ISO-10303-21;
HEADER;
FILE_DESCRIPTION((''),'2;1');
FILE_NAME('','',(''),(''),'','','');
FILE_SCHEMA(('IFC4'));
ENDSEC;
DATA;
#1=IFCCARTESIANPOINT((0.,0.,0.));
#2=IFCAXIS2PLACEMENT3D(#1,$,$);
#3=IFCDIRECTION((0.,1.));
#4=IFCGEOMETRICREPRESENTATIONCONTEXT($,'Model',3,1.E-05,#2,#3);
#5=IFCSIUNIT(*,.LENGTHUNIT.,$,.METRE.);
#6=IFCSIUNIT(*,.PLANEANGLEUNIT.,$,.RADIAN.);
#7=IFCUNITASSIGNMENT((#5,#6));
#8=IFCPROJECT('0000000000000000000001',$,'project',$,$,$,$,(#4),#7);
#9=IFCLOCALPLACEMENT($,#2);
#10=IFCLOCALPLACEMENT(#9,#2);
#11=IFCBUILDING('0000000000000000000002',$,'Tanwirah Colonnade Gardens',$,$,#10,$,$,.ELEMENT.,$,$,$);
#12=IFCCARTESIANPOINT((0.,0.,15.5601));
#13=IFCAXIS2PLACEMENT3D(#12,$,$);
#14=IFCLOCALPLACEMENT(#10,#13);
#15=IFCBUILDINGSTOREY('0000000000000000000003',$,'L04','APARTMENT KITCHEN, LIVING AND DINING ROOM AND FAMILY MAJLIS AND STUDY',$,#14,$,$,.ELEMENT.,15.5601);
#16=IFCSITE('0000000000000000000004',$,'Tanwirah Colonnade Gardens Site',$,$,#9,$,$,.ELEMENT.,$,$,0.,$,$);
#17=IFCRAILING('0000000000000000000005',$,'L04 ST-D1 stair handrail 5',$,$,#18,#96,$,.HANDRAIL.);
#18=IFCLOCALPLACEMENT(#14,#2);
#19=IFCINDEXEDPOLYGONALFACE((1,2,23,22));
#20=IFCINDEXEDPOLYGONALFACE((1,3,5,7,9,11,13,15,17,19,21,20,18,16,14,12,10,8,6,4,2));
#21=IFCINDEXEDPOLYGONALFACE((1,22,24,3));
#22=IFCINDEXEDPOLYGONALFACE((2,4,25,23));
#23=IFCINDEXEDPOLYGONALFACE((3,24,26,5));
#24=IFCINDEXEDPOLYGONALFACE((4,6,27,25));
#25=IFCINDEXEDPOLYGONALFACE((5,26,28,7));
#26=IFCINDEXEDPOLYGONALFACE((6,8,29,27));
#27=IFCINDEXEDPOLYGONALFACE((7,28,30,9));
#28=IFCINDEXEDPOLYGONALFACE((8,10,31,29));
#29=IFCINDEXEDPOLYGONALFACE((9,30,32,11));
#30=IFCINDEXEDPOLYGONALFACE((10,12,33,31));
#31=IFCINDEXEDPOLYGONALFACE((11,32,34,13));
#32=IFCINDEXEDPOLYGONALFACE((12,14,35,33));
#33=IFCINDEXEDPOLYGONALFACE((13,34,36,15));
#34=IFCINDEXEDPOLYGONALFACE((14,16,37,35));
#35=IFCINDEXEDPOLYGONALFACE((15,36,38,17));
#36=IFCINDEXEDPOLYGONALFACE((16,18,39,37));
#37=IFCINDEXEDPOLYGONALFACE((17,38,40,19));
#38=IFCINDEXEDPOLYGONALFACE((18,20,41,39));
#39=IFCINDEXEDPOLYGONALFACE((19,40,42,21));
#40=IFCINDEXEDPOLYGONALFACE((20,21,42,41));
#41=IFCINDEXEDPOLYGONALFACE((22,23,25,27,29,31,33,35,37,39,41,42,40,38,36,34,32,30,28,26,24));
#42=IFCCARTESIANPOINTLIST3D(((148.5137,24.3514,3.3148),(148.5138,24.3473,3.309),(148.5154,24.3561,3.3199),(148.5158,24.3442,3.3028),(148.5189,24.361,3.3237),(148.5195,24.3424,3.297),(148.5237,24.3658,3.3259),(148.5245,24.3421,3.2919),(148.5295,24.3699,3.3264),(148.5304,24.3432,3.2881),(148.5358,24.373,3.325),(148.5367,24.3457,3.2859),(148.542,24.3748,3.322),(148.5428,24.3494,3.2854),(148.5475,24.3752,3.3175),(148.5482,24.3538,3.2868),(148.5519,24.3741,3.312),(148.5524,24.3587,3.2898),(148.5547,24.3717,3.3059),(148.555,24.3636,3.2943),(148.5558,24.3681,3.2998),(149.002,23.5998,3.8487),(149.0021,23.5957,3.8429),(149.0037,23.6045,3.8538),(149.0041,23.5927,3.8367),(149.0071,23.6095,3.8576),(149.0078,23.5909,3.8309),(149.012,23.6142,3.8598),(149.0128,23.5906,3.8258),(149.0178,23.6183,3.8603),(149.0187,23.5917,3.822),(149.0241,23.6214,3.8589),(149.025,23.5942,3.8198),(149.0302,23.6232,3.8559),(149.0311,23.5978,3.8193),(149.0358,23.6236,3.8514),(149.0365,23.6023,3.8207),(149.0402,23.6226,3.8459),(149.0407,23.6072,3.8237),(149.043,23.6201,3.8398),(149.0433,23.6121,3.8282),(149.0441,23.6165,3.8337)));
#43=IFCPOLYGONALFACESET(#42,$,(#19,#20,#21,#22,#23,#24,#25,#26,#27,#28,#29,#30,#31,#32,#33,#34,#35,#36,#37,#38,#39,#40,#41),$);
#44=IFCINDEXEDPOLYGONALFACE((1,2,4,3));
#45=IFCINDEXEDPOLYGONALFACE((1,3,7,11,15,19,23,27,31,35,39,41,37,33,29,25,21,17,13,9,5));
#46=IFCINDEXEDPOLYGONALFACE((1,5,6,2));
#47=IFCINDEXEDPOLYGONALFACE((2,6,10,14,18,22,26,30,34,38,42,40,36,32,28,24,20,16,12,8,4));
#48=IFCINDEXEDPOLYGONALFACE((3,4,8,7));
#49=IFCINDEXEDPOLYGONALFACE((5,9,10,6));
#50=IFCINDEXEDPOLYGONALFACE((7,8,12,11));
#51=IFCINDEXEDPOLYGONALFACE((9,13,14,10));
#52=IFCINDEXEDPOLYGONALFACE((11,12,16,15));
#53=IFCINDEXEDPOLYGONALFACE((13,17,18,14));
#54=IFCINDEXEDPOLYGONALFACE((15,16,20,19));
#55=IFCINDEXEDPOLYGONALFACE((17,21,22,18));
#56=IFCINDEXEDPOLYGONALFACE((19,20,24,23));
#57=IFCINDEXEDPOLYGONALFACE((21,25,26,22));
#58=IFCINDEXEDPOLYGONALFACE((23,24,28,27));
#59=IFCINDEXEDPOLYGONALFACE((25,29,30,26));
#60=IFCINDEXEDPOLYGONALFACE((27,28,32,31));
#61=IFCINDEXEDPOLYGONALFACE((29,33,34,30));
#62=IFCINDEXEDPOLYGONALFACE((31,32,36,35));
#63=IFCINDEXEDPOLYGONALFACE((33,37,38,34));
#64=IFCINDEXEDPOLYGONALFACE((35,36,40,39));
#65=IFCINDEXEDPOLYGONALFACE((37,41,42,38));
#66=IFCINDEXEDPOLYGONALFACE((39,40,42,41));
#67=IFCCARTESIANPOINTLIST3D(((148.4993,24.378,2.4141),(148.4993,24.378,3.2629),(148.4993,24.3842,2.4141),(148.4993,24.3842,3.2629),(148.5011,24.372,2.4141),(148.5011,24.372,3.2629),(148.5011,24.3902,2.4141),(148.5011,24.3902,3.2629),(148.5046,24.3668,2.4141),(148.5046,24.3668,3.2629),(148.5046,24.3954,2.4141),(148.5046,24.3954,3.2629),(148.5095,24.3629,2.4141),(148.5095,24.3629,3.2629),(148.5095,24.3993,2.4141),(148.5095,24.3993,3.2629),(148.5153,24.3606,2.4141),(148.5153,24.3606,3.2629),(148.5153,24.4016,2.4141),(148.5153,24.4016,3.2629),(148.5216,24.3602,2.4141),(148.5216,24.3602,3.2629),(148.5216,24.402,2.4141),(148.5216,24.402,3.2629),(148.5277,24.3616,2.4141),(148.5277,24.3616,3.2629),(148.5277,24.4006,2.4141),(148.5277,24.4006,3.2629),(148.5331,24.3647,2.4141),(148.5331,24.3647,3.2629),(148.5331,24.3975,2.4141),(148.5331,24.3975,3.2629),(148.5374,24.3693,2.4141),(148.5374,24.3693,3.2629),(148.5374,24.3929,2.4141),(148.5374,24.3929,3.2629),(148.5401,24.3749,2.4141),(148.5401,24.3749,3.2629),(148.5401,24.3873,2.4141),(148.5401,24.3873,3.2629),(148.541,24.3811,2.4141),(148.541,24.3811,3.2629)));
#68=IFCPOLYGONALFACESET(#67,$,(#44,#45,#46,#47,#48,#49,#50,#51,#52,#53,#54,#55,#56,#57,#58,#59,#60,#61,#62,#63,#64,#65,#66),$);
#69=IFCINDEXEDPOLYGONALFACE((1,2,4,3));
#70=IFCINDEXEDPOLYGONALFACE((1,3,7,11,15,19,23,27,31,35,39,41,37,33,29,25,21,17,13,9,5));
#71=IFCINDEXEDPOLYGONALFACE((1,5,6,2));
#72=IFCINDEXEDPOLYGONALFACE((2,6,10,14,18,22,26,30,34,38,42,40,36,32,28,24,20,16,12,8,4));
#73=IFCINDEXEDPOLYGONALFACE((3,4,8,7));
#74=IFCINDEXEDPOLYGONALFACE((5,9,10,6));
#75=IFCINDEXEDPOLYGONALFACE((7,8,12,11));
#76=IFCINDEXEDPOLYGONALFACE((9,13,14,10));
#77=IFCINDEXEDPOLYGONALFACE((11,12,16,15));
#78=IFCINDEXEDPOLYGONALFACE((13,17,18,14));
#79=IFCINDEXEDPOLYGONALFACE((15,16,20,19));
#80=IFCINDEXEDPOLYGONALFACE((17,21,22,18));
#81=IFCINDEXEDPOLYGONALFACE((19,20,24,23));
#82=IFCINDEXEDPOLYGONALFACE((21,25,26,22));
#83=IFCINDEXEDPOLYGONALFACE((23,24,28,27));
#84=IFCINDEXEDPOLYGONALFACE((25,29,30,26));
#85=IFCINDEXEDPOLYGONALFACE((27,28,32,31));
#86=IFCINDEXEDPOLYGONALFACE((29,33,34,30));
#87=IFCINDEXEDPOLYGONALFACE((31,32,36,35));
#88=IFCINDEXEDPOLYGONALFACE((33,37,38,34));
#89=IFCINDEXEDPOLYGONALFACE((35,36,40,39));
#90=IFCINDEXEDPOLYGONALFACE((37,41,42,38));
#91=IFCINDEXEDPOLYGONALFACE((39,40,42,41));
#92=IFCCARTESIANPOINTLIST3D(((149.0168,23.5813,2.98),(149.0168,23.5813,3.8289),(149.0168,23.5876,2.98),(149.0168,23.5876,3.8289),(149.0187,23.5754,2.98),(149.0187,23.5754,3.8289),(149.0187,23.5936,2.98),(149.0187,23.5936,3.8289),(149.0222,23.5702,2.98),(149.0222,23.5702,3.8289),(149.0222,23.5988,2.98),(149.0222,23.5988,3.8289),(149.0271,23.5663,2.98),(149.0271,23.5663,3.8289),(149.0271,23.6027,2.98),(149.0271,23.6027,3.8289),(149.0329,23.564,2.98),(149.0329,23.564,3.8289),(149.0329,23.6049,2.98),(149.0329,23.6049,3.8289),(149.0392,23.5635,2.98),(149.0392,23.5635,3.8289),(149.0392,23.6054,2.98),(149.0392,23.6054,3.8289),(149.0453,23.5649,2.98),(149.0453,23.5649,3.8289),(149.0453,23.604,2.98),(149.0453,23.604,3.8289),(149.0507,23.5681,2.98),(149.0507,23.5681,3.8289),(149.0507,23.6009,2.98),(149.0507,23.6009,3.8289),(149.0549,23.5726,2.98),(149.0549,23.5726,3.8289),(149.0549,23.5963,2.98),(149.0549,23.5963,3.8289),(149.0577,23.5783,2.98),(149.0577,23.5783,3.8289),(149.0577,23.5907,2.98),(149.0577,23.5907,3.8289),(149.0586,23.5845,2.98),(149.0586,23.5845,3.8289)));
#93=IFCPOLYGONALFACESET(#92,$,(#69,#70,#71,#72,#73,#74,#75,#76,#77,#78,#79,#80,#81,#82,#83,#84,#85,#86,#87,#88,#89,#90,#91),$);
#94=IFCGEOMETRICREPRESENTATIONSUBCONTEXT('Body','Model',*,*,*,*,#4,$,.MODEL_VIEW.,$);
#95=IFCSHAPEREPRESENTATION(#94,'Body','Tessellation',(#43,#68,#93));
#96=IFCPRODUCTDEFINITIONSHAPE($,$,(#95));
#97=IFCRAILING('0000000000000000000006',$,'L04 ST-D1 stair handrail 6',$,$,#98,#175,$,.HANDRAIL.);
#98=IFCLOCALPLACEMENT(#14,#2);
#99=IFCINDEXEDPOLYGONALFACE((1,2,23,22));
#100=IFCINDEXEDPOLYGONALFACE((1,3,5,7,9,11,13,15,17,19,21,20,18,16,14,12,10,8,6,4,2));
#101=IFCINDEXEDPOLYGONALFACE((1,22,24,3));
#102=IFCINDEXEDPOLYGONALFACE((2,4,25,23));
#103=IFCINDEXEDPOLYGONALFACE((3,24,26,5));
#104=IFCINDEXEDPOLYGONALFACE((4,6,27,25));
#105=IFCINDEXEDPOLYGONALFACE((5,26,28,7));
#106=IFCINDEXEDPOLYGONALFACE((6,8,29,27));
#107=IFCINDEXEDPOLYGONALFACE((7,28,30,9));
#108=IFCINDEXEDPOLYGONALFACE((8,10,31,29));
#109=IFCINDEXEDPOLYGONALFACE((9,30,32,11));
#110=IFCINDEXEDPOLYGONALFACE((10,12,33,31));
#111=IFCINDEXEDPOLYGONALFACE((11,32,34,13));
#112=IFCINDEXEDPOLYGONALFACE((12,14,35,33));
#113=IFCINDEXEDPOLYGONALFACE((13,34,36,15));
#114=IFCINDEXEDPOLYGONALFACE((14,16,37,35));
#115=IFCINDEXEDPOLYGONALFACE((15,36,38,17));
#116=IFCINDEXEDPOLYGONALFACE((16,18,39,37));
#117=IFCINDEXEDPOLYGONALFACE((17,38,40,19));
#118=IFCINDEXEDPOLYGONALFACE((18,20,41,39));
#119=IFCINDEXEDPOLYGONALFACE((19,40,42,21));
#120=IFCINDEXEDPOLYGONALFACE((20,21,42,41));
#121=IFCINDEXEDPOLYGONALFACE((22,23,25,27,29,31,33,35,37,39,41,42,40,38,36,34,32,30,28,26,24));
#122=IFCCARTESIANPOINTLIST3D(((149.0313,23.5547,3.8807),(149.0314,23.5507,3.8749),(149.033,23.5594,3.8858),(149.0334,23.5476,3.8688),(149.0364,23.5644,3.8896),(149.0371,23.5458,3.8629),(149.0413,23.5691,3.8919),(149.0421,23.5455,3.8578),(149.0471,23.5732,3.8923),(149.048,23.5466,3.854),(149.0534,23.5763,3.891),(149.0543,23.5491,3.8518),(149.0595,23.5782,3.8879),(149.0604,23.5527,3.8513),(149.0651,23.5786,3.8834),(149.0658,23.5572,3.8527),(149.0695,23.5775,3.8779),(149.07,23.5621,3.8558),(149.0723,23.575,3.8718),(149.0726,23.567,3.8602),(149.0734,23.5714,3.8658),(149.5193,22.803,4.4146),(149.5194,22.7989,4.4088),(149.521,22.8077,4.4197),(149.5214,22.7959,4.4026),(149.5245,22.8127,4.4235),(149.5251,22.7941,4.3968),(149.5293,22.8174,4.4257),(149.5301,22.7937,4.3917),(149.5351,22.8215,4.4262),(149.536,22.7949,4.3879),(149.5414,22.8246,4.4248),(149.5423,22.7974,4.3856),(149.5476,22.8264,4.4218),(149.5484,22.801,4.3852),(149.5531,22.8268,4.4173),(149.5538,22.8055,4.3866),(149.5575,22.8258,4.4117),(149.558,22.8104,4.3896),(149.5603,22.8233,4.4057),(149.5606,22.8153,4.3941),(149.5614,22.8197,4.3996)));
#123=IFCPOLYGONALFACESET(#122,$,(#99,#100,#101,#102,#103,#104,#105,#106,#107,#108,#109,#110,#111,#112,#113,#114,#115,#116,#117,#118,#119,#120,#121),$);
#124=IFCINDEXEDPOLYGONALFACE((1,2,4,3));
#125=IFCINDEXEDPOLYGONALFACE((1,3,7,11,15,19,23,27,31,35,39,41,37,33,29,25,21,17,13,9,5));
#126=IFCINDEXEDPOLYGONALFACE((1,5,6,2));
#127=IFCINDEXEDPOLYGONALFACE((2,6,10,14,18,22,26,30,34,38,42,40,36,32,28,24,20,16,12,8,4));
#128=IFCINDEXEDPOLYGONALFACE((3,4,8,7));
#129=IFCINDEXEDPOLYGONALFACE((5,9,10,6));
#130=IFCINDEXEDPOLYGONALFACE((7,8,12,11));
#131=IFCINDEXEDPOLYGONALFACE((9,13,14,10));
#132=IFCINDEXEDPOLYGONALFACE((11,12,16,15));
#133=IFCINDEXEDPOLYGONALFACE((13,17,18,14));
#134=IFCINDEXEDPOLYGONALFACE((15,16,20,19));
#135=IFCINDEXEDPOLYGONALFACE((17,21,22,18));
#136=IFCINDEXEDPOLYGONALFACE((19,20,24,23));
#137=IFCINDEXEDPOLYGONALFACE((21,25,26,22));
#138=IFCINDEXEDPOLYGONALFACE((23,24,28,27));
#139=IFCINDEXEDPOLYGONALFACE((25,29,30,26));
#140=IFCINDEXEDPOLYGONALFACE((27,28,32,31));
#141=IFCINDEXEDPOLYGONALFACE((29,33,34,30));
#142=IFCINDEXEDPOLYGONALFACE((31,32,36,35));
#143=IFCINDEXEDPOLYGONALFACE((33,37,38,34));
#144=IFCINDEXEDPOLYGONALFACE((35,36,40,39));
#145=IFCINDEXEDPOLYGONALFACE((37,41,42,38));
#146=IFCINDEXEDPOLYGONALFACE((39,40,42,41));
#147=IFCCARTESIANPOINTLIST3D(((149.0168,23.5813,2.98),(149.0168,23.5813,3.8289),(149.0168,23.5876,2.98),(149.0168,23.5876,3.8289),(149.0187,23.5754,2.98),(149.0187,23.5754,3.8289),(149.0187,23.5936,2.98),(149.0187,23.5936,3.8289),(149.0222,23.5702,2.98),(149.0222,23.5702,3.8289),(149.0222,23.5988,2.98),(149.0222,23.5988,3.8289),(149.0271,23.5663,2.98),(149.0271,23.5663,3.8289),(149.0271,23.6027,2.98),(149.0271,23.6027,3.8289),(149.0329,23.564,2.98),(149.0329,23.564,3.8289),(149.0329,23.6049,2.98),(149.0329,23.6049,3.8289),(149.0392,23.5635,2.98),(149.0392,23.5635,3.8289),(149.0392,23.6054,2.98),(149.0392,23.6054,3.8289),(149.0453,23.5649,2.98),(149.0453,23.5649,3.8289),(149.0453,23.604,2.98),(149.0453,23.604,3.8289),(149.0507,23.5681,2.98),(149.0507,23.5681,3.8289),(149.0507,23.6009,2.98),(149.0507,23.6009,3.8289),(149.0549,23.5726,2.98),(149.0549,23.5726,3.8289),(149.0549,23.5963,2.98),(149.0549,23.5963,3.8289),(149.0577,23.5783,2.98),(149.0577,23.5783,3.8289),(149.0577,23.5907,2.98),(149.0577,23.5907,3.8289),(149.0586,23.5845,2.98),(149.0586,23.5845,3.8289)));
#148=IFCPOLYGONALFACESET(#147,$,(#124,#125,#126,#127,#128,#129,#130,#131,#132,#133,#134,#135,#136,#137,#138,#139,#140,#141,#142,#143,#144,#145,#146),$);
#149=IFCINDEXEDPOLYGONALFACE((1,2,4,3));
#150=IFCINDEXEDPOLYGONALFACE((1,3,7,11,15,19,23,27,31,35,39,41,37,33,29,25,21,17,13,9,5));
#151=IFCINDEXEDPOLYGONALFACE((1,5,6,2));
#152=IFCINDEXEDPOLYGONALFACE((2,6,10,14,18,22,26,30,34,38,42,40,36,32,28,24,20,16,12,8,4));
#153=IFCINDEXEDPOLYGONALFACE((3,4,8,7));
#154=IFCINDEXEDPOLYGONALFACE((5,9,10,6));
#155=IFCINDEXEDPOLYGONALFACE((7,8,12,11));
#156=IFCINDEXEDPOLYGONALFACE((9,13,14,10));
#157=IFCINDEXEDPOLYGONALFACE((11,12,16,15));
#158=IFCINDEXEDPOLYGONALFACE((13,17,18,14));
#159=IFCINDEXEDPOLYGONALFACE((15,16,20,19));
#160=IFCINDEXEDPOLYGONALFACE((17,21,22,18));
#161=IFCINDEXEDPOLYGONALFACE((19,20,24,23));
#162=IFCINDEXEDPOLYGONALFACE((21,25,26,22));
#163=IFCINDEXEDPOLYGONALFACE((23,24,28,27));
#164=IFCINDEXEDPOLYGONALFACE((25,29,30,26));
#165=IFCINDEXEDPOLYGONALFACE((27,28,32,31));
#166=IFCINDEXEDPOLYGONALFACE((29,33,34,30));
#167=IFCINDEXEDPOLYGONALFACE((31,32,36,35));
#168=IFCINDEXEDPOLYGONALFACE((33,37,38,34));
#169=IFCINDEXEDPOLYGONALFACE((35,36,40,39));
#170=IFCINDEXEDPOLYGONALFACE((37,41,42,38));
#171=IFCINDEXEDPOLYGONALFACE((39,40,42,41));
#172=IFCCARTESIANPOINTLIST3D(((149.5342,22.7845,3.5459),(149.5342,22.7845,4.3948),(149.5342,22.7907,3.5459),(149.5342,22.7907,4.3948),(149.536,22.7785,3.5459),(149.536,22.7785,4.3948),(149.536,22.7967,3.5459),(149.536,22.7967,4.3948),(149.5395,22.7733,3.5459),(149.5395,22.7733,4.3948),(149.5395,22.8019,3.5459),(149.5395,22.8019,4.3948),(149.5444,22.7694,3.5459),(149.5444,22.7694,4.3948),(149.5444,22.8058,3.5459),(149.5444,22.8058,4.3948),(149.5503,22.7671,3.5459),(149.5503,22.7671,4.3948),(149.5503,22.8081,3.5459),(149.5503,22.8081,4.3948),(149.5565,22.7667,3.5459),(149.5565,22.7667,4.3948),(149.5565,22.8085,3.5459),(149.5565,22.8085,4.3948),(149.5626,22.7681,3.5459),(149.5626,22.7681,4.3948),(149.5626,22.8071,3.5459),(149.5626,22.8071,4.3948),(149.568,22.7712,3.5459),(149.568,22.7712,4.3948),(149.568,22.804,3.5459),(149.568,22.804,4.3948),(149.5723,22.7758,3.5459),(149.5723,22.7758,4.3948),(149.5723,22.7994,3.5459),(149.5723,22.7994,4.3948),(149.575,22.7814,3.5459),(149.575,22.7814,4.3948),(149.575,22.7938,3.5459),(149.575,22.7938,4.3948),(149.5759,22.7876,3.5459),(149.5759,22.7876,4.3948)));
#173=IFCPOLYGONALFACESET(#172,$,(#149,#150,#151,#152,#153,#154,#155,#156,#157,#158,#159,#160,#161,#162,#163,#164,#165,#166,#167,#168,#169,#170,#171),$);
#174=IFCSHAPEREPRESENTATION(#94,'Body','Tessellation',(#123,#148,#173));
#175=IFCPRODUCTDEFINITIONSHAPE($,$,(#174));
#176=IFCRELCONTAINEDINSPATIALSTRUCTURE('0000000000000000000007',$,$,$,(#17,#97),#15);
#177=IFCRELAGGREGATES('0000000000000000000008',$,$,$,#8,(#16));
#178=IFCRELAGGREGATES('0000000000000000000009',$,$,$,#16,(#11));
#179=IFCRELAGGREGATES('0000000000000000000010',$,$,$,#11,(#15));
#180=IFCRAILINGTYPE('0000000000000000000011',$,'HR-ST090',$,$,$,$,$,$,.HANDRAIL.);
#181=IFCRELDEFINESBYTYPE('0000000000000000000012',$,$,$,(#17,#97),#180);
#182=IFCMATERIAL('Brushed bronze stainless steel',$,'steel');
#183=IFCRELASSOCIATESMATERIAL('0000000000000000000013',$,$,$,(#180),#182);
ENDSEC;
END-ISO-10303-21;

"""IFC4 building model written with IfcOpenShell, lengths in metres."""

from ifc_helpers import new_model, si_unit, direction, frame, origin, origin_2d, place, context, subcontext, project, spatial, circle, extrude, material, type_object, element, save


model = new_model("IFC4")

# Units and contexts
model_context = context("Model", 3, precision=1e-05, world=origin(), true_north=direction((0.0, 1.0)))
body_context = subcontext(model_context, "Body", "Model", "MODEL_VIEW")
ifc_project = project(units=[si_unit("LENGTHUNIT", "METRE"), si_unit("PLANEANGLEUNIT", "RADIAN")], contexts=[model_context])

# Site, building, storey
site_placement = place(None, origin())
site = spatial("IfcSite", under=ifc_project, at=site_placement, Name="Tanwirah Colonnade Gardens Site", CompositionType="ELEMENT", RefElevation=0.0)
building_placement = place(site_placement, origin())
building = spatial("IfcBuilding", under=site, at=building_placement, Name="Tanwirah Colonnade Gardens", CompositionType="ELEMENT")
storey_placement = place(building_placement, frame((0.0, 0.0, 15.5601)))
storey = spatial("IfcBuildingStorey", under=building, at=storey_placement, Name="L04", Description="APARTMENT KITCHEN, LIVING AND DINING ROOM AND FAMILY MAJLIS AND STUDY", CompositionType="ELEMENT", Elevation=15.5601)

# Railings
ifc_material_1 = material(Name="Brushed bronze stainless steel", Category="steel")
railing_type_1 = type_object("IfcRailingType", Name="HR-ST090", PredefinedType="HANDRAIL", material=ifc_material_1)
railing_1_placement = place(storey_placement, frame((148.52, 24.3811, 2.4141)))
element("IfcRailing", 1, at=railing_1_placement, inside=storey, type_object=railing_type_1, Name="L04 ST-D1 stair handrail 5", PredefinedType="HANDRAIL", context=body_context, shape_type="SweptSolid", body=[
    extrude(circle(Radius=0.0239, at=origin_2d()), frame((0.0146, -0.0225, 0.8918), z_axis=(0.468062, -0.720418, 0.511777), x_axis=(0.838555, 0.544817, 0.0)), (0.0, 0.0, 1.0), 1.0432),
    extrude(circle(Radius=0.021, at=origin_2d()), origin(), (0.0, 0.0, 1.0), 0.8489),
    extrude(circle(Radius=0.021, at=origin_2d()), frame((0.5176, -0.7966, 0.5659)), (0.0, 0.0, 1.0), 0.8489),
])
railing_2_placement = place(storey_placement, frame((149.0376, 23.5845, 2.98)))
element("IfcRailing", 2, at=railing_2_placement, inside=storey, type_object=railing_type_1, Name="L04 ST-D1 stair handrail 6", PredefinedType="HANDRAIL", context=body_context, shape_type="SweptSolid", body=[
    extrude(circle(Radius=0.0239, at=origin_2d()), frame((0.0146, -0.0225, 0.8918), z_axis=(0.467815, -0.720599, 0.511749), x_axis=(0.838749, 0.544519, 0.0)), (0.0, 0.0, 1.0), 1.0432),
    extrude(circle(Radius=0.021, at=origin_2d()), origin(), (0.0, 0.0, 1.0), 0.8489),
    extrude(circle(Radius=0.021, at=origin_2d()), frame((0.5173, -0.7969, 0.5659)), (0.0, 0.0, 1.0), 0.8489),
])

save(model, "model.ifc")
